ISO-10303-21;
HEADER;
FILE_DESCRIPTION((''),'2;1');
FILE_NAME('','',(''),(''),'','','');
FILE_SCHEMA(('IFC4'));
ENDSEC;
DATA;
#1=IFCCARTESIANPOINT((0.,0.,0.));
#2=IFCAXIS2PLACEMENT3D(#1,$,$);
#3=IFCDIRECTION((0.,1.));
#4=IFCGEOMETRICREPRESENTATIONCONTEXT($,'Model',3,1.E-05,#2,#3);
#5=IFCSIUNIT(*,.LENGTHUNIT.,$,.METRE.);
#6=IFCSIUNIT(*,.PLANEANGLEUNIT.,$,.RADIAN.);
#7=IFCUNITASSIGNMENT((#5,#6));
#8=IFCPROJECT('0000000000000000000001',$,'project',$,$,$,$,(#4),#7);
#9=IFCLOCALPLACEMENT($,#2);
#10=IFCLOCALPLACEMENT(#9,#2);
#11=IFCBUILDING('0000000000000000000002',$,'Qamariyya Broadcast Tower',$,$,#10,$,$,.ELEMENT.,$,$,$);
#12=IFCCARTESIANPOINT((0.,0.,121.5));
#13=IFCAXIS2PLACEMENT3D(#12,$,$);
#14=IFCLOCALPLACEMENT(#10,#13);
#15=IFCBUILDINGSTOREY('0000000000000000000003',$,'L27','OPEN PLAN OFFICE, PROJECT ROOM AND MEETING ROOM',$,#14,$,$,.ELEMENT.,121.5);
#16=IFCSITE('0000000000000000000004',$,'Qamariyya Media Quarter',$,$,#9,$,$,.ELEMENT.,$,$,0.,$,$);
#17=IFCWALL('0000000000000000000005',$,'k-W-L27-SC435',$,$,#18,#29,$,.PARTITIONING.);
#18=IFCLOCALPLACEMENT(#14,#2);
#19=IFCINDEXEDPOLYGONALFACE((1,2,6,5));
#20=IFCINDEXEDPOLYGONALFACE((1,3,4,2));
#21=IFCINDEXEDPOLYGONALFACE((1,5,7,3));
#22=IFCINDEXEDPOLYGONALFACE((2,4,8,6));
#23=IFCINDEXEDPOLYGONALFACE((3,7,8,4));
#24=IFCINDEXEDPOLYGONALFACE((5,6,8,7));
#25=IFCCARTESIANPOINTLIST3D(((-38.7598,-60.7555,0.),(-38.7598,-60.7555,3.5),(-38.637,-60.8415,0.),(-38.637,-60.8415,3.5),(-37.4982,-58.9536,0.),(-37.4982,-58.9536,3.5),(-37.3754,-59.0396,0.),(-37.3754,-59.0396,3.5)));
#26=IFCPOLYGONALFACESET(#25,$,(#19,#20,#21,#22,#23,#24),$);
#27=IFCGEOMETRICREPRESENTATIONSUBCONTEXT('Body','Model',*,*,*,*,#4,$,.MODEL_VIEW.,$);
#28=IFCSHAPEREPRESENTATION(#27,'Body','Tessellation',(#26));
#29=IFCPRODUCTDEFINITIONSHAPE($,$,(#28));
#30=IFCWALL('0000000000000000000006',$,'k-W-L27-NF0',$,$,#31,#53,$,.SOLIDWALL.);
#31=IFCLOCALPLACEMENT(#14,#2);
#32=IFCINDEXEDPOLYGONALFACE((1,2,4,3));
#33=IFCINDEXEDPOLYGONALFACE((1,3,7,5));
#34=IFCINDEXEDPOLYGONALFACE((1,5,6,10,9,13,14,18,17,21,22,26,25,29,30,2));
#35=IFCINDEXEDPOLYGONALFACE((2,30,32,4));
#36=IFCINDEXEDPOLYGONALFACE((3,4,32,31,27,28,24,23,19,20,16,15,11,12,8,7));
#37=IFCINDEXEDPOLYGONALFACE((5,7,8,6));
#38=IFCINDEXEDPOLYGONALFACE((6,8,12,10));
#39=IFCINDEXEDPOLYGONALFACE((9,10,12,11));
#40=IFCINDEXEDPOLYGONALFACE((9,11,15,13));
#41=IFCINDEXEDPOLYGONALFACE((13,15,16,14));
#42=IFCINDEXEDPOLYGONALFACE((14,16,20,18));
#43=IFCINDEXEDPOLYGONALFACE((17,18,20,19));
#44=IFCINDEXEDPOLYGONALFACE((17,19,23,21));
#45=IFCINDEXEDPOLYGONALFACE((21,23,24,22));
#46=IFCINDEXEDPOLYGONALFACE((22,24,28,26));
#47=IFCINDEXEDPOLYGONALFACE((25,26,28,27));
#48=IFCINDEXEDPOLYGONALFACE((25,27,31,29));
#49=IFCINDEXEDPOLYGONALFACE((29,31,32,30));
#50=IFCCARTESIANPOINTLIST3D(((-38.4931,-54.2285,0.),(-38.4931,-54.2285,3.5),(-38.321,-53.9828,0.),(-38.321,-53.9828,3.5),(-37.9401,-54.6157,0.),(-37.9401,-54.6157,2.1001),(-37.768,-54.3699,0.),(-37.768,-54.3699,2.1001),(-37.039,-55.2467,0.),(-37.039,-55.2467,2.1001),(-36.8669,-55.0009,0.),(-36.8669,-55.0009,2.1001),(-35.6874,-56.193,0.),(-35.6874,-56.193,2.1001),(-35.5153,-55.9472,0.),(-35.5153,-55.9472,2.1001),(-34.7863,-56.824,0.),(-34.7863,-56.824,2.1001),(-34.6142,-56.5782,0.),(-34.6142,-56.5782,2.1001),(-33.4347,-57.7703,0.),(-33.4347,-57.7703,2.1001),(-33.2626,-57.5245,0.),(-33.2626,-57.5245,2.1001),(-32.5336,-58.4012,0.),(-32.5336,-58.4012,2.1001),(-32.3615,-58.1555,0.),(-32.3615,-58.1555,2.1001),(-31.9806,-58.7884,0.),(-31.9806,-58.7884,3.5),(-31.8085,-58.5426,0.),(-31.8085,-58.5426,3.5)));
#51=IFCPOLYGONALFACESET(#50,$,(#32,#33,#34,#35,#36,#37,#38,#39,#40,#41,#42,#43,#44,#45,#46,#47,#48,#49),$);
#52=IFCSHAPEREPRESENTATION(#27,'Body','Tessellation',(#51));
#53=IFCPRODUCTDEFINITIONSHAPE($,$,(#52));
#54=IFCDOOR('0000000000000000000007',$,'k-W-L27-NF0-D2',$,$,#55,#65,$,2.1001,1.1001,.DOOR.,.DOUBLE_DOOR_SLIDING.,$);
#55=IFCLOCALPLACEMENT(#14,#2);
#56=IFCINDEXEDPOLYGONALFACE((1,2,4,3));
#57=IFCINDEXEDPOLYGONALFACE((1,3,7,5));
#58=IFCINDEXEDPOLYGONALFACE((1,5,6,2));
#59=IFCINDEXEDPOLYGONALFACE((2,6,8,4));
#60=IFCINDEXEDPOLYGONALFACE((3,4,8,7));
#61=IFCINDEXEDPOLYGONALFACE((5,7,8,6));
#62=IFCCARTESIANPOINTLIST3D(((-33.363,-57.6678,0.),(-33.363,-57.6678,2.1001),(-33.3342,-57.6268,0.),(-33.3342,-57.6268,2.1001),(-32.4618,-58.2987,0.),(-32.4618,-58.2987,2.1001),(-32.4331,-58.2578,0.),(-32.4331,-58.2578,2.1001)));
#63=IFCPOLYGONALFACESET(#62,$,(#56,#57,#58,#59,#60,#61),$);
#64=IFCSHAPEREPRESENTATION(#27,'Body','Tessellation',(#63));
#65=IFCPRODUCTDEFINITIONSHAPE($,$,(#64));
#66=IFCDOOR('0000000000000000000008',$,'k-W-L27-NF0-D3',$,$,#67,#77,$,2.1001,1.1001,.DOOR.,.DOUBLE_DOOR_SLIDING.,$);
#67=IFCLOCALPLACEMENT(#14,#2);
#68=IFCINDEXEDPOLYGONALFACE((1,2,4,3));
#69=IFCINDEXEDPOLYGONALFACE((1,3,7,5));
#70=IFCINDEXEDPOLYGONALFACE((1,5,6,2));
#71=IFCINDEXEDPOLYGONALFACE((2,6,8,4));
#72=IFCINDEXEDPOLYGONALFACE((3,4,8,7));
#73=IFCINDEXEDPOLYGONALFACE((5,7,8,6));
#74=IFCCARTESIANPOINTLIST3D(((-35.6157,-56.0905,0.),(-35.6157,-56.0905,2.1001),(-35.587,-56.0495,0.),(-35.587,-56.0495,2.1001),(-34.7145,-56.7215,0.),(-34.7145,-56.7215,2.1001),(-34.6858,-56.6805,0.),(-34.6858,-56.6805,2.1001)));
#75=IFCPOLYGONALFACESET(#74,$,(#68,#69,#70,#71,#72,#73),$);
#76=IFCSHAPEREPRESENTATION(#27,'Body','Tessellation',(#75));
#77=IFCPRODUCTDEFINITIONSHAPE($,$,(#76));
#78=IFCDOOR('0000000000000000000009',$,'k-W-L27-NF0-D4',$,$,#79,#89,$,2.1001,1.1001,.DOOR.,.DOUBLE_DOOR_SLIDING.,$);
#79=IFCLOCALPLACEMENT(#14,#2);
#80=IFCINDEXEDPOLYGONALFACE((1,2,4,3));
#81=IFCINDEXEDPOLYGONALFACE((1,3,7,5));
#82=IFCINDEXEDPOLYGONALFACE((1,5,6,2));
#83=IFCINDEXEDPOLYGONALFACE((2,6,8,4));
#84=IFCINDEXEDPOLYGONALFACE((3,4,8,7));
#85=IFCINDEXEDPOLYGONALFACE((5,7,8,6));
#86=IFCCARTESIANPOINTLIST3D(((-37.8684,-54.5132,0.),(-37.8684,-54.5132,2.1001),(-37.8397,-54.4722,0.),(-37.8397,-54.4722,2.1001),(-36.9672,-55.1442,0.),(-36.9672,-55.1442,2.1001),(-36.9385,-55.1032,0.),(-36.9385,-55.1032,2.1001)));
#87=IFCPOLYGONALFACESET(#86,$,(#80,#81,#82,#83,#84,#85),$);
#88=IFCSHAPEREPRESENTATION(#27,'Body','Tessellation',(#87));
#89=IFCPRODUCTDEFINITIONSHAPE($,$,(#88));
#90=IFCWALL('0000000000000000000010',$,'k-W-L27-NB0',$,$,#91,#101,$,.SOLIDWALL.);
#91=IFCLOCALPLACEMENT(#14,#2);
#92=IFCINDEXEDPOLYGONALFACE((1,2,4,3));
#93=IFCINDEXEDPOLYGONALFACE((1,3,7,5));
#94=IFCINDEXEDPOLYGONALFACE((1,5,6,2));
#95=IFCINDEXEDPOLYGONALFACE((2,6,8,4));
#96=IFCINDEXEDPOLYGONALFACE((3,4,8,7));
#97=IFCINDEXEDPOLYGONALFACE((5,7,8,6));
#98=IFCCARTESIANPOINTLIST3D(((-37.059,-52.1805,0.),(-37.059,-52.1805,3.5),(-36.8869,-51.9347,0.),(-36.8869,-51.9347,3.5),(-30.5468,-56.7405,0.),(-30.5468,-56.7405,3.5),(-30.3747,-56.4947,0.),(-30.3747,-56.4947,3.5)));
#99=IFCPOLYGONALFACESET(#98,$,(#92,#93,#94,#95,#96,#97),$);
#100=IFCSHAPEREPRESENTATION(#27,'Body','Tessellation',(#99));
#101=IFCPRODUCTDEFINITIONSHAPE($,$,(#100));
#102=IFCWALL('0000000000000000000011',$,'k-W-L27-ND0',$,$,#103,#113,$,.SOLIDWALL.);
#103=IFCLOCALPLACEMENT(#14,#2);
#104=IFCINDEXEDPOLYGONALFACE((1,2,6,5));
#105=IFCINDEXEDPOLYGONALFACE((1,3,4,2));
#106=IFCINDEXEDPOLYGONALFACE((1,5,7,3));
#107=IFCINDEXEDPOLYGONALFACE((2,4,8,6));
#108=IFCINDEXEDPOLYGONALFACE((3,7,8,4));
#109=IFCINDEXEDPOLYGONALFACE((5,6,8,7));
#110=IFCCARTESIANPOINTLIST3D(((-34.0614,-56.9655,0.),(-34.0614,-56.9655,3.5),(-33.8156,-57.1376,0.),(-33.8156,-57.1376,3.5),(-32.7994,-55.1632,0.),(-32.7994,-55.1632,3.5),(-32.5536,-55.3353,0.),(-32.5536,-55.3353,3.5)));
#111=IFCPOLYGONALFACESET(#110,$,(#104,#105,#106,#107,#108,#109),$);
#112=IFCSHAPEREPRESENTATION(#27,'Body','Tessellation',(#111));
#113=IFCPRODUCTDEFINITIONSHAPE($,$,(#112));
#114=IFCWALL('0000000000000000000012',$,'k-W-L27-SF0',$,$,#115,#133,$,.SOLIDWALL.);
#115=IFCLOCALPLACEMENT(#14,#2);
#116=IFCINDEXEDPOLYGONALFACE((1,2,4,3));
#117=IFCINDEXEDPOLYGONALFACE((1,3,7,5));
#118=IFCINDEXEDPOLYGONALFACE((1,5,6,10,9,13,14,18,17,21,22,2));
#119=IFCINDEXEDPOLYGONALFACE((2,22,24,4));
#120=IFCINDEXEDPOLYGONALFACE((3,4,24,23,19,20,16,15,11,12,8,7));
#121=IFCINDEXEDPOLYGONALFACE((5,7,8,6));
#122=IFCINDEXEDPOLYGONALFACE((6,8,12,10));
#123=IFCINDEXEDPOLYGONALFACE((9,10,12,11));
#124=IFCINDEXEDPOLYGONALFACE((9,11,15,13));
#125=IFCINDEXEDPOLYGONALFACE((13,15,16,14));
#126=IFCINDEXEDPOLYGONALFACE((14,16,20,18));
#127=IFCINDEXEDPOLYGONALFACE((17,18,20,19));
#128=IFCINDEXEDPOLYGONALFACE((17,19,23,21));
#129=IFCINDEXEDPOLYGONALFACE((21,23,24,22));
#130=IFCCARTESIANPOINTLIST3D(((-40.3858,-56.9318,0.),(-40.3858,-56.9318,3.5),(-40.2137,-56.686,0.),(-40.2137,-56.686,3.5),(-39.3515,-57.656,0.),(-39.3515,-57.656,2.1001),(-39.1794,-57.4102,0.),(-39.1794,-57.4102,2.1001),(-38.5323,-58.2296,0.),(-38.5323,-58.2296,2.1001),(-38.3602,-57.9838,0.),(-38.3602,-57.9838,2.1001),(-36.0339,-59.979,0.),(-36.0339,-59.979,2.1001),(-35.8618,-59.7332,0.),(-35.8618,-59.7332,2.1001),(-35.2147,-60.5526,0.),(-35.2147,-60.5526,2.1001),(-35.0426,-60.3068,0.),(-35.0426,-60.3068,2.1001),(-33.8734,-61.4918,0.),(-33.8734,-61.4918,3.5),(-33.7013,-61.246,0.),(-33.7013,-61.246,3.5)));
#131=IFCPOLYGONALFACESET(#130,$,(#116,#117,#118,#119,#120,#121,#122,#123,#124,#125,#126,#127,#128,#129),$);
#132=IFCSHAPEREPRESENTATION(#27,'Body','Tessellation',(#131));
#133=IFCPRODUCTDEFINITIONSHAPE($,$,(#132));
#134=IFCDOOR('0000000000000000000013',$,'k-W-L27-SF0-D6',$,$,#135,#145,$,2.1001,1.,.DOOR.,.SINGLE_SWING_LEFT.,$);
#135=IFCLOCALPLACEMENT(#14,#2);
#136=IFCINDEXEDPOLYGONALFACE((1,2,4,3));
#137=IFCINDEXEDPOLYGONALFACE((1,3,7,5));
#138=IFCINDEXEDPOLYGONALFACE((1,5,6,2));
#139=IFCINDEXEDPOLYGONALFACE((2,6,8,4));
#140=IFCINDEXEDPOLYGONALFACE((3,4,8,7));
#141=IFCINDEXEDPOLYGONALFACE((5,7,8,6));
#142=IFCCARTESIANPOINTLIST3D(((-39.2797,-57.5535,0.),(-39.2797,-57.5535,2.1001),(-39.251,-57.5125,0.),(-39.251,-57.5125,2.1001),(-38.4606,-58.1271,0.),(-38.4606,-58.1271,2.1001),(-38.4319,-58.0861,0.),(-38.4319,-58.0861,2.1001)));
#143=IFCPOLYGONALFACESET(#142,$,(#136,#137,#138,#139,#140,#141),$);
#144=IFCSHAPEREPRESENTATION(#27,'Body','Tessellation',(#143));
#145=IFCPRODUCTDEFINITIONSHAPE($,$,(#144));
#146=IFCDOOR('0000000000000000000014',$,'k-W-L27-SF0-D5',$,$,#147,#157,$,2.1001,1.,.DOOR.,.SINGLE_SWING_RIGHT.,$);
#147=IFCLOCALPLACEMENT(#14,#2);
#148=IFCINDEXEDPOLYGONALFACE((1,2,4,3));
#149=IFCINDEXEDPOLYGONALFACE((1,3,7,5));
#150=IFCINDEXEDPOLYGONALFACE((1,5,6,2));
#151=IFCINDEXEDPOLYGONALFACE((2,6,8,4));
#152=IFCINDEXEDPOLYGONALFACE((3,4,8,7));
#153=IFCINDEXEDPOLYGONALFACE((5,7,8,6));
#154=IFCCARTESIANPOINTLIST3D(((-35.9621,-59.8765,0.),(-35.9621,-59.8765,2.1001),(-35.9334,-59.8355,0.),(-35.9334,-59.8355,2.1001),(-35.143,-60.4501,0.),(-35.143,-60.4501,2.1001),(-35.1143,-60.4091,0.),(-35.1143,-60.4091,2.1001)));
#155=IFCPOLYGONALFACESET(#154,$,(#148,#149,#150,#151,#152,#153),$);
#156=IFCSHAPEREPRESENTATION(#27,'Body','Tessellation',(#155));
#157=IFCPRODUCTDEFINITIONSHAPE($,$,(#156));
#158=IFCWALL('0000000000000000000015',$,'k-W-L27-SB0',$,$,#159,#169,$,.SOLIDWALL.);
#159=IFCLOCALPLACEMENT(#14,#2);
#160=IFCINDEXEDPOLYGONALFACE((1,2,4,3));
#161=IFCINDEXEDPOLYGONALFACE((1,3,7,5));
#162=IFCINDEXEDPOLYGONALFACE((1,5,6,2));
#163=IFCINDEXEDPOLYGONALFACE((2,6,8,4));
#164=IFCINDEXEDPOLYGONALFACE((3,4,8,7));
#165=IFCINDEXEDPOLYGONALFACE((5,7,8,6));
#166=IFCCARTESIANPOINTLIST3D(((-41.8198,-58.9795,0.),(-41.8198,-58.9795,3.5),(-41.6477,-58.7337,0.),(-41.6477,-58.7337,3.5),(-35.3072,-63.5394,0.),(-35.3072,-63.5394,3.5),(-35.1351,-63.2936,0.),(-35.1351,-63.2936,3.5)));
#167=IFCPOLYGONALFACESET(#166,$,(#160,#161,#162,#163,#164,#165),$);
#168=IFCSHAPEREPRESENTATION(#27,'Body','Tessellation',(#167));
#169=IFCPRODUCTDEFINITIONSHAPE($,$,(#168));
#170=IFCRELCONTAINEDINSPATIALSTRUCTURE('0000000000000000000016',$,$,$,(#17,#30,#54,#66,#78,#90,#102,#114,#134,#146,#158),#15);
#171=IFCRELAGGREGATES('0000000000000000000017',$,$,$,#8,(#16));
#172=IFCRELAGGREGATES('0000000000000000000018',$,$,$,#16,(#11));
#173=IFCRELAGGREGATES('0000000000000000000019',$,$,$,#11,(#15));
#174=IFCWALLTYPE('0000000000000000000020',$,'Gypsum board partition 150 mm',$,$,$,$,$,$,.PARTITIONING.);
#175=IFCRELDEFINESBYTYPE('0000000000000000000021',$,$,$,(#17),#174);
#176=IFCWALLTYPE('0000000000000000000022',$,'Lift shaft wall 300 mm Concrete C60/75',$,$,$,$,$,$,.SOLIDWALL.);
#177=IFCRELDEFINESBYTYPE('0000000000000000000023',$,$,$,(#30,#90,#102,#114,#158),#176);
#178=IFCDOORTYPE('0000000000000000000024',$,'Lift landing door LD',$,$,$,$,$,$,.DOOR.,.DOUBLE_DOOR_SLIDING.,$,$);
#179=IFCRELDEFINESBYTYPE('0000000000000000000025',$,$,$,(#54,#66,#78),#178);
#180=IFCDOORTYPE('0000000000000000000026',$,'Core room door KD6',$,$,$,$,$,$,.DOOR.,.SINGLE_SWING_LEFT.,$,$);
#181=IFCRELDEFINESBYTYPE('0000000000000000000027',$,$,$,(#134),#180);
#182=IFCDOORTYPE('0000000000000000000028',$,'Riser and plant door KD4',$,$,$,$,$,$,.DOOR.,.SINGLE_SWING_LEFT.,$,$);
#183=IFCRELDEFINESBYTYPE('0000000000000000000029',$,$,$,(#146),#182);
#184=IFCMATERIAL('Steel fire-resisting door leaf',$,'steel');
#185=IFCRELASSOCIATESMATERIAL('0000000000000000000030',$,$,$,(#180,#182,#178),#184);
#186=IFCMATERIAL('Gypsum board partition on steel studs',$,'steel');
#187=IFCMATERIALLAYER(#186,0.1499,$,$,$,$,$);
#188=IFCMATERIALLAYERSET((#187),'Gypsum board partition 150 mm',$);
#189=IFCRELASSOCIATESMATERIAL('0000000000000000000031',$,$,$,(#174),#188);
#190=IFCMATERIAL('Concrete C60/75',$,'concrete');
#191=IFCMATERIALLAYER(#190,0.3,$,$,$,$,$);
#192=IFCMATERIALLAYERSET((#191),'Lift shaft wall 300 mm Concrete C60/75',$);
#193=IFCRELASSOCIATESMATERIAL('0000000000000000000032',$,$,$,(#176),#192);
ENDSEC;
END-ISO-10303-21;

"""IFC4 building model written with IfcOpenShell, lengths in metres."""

from ifc_helpers import new_model, si_unit, direction, frame, frame_2d, origin, place, context, subcontext, project, spatial, rectangle, extrude, material, layer, layer_set, type_object, element, fill, save


model = new_model("IFC4")

# Units and contexts
model_context = context("Model", 3, precision=1e-05, world=origin(), true_north=direction((0.0, 1.0)))
body_context = subcontext(model_context, "Body", "Model", "MODEL_VIEW")
ifc_project = project(units=[si_unit("LENGTHUNIT", "METRE"), si_unit("PLANEANGLEUNIT", "RADIAN")], contexts=[model_context])

# Site, building, storey
site_placement = place(None, origin())
site = spatial("IfcSite", under=ifc_project, at=site_placement, Name="Qamariyya Media Quarter", CompositionType="ELEMENT", RefElevation=0.0)
building_placement = place(site_placement, origin())
building = spatial("IfcBuilding", under=site, at=building_placement, Name="Qamariyya Broadcast Tower", CompositionType="ELEMENT")
storey_placement = place(building_placement, frame((0.0, 0.0, 121.5)))
storey = spatial("IfcBuildingStorey", under=building, at=storey_placement, Name="L27", Description="OPEN PLAN OFFICE, PROJECT ROOM AND MEETING ROOM", CompositionType="ELEMENT", Elevation=121.5)

# Shared definitions
ifc_material_1 = material(Name="Steel fire-resisting door leaf", Category="steel")

# Shared definitions
door_type_1 = type_object("IfcDoorType", Name="Core room door KD6", OperationType="SINGLE_SWING_LEFT", PredefinedType="DOOR", material=ifc_material_1)
door_type_2 = type_object("IfcDoorType", Name="Riser and plant door KD4", OperationType="SINGLE_SWING_LEFT", PredefinedType="DOOR", material=ifc_material_1)

# Wall
ifc_material_2 = material(Name="Gypsum board partition on steel studs", Category="steel")
ifc_layer_1 = layer(ifc_material_2, 0.1499)
ifc_layer_set_1 = layer_set([ifc_layer_1], Name="Gypsum board partition 150 mm")
wall_type_1 = type_object("IfcWallType", Name="Gypsum board partition 150 mm", PredefinedType="PARTITIONING", material=ifc_layer_set_1)
wall_1_placement = place(storey_placement, frame((-37.4368, -58.9966, 0.0), z_axis=(0.0, 0.0, 1.0), x_axis=(-0.573559, -0.819164, 0.0)))
element("IfcWall", 1, at=wall_1_placement, inside=storey, type_object=wall_type_1, Name="k-W-L27-SC435", PredefinedType="PARTITIONING", context=body_context, shape_type="SweptSolid", body=[
    extrude(rectangle(XDim=2.1997, YDim=0.1499, at=frame_2d((1.0999, 0.0))), origin(), (0.0, 0.0, 1.0), 3.5),
])

# Wall, openings, doors
ifc_material_3 = material(Name="Concrete C60/75", Category="concrete")
ifc_layer_2 = layer(ifc_material_3, 0.3)
ifc_layer_set_2 = layer_set([ifc_layer_2], Name="Lift shaft wall 300 mm Concrete C60/75")
wall_type_2 = type_object("IfcWallType", Name="Lift shaft wall 300 mm Concrete C60/75", PredefinedType="SOLIDWALL", material=ifc_layer_set_2)
wall_2_placement = place(storey_placement, frame((-31.8945, -58.6655, 0.0), z_axis=(0.0, 0.0, 1.0), x_axis=(-0.819167, 0.573555, 0.0)))
wall_2 = element("IfcWall", 2, at=wall_2_placement, inside=storey, type_object=wall_type_2, Name="k-W-L27-NF0", PredefinedType="SOLIDWALL", context=body_context, shape_type="SweptSolid", body=[
    extrude(rectangle(XDim=7.9502, YDim=0.3, at=frame_2d((3.9751, 0.0))), origin(), (0.0, 0.0, 1.0), 3.5),
])
opening_1_placement = place(wall_2_placement, frame((0.675, 0.0, 0.0)))
opening_1 = element("IfcOpeningElement", 3, at=opening_1_placement, cuts=wall_2, PredefinedType="OPENING", context=body_context, shape_type="SweptSolid", body=[
    extrude(rectangle(XDim=1.1001, YDim=2.1001, at=frame_2d((0.55, 1.05))), frame((0.0, 0.1599, 0.0), z_axis=(0.0, -1.0, 0.0), x_axis=(1.0, 0.0, 0.0)), (0.0, 0.0, 1.0), 0.3201),
])
opening_2_placement = place(wall_2_placement, frame((3.425, 0.0, 0.0)))
opening_2 = element("IfcOpeningElement", 4, at=opening_2_placement, cuts=wall_2, PredefinedType="OPENING", context=body_context, shape_type="SweptSolid", body=[
    extrude(rectangle(XDim=1.1001, YDim=2.1001, at=frame_2d((0.55, 1.05))), frame((0.0, 0.1599, 0.0), z_axis=(0.0, -1.0, 0.0), x_axis=(1.0, 0.0, 0.0)), (0.0, 0.0, 1.0), 0.3201),
])
opening_3_placement = place(wall_2_placement, frame((6.175, 0.0, 0.0)))
opening_3 = element("IfcOpeningElement", 5, at=opening_3_placement, cuts=wall_2, PredefinedType="OPENING", context=body_context, shape_type="SweptSolid", body=[
    extrude(rectangle(XDim=1.1001, YDim=2.1001, at=frame_2d((0.55, 1.05))), frame((0.0, 0.1599, 0.0), z_axis=(0.0, -1.0, 0.0), x_axis=(1.0, 0.0, 0.0)), (0.0, 0.0, 1.0), 0.3201),
])
door_type_3 = type_object("IfcDoorType", Name="Lift landing door LD", OperationType="DOUBLE_DOOR_SLIDING", PredefinedType="DOOR", material=ifc_material_1)
door_1_placement = place(opening_1_placement, origin())
door_1 = element("IfcDoor", 6, at=door_1_placement, inside=storey, type_object=door_type_3, Name="k-W-L27-NF0-D2", OperationType="DOUBLE_DOOR_SLIDING", OverallHeight=2.1001, OverallWidth=1.1001, PredefinedType="DOOR", context=body_context, shape_type="SweptSolid", body=[
    extrude(rectangle(XDim=1.1001, YDim=2.1001, at=frame_2d((0.55, 1.05))), frame((0.0, 0.0249, 0.0), z_axis=(0.0, -1.0, 0.0), x_axis=(1.0, 0.0, 0.0)), (0.0, 0.0, 1.0), 0.05),
])
fill(opening_1, door_1)
door_2_placement = place(opening_2_placement, origin())
door_2 = element("IfcDoor", 7, at=door_2_placement, inside=storey, type_object=door_type_3, Name="k-W-L27-NF0-D3", OperationType="DOUBLE_DOOR_SLIDING", OverallHeight=2.1001, OverallWidth=1.1001, PredefinedType="DOOR", context=body_context, shape_type="SweptSolid", body=[
    extrude(rectangle(XDim=1.1001, YDim=2.1001, at=frame_2d((0.55, 1.05))), frame((0.0, 0.0249, 0.0), z_axis=(0.0, -1.0, 0.0), x_axis=(1.0, 0.0, 0.0)), (0.0, 0.0, 1.0), 0.05),
])
fill(opening_2, door_2)
door_3_placement = place(opening_3_placement, origin())
door_3 = element("IfcDoor", 8, at=door_3_placement, inside=storey, type_object=door_type_3, Name="k-W-L27-NF0-D4", OperationType="DOUBLE_DOOR_SLIDING", OverallHeight=2.1001, OverallWidth=1.1001, PredefinedType="DOOR", context=body_context, shape_type="SweptSolid", body=[
    extrude(rectangle(XDim=1.1001, YDim=2.1001, at=frame_2d((0.55, 1.05))), frame((0.0, 0.0249, 0.0), z_axis=(0.0, -1.0, 0.0), x_axis=(1.0, 0.0, 0.0)), (0.0, 0.0, 1.0), 0.05),
])
fill(opening_3, door_3)

# Walls
wall_3_placement = place(storey_placement, frame((-30.4607, -56.6177, 0.0), z_axis=(0.0, 0.0, 1.0), x_axis=(-0.819142, 0.57359, 0.0)))
element("IfcWall", 9, at=wall_3_placement, inside=storey, type_object=wall_type_2, Name="k-W-L27-NB0", PredefinedType="SOLIDWALL", context=body_context, shape_type="SweptSolid", body=[
    extrude(rectangle(XDim=7.95, YDim=0.3, at=frame_2d((3.9751, 0.0))), origin(), (0.0, 0.0, 1.0), 3.5),
])
wall_4_placement = place(storey_placement, frame((-33.9385, -57.0515, 0.0), z_axis=(0.0, 0.0, 1.0), x_axis=(0.573581, 0.819149, 0.0)))
element("IfcWall", 10, at=wall_4_placement, inside=storey, type_object=wall_type_2, Name="k-W-L27-ND0", PredefinedType="SOLIDWALL", context=body_context, shape_type="SweptSolid", body=[
    extrude(rectangle(XDim=2.2002, YDim=0.3, at=frame_2d((1.1001, 0.0))), origin(), (0.0, 0.0, 1.0), 3.5),
])

# Wall, openings, doors
wall_5_placement = place(storey_placement, frame((-33.7874, -61.3689, 0.0), z_axis=(0.0, 0.0, 1.0), x_axis=(-0.819153, 0.573576, 0.0)))
wall_5 = element("IfcWall", 11, at=wall_5_placement, inside=storey, type_object=wall_type_2, Name="k-W-L27-SF0", PredefinedType="SOLIDWALL", context=body_context, shape_type="SweptSolid", body=[
    extrude(rectangle(XDim=7.9502, YDim=0.3, at=frame_2d((3.9751, 0.0))), origin(), (0.0, 0.0, 1.0), 3.5),
])
opening_4_placement = place(wall_5_placement, frame((1.6375, 0.0, 0.0)))
opening_4 = element("IfcOpeningElement", 12, at=opening_4_placement, cuts=wall_5, PredefinedType="OPENING", context=body_context, shape_type="SweptSolid", body=[
    extrude(rectangle(XDim=1.0, YDim=2.1001, at=frame_2d((0.5, 1.05))), frame((0.0, 0.1599, 0.0), z_axis=(0.0, -1.0, 0.0), x_axis=(1.0, 0.0, 0.0)), (0.0, 0.0, 1.0), 0.3201),
])
opening_5_placement = place(wall_5_placement, frame((5.6875, 0.0, 0.0)))
opening_5 = element("IfcOpeningElement", 13, at=opening_5_placement, cuts=wall_5, PredefinedType="OPENING", context=body_context, shape_type="SweptSolid", body=[
    extrude(rectangle(XDim=1.0, YDim=2.1001, at=frame_2d((0.5, 1.05))), frame((0.0, 0.1599, 0.0), z_axis=(0.0, -1.0, 0.0), x_axis=(1.0, 0.0, 0.0)), (0.0, 0.0, 1.0), 0.3201),
])
door_4_placement = place(opening_5_placement, origin())
door_4 = element("IfcDoor", 14, at=door_4_placement, inside=storey, type_object=door_type_1, Name="k-W-L27-SF0-D6", OperationType="SINGLE_SWING_LEFT", OverallHeight=2.1001, OverallWidth=1.0, PredefinedType="DOOR", context=body_context, shape_type="SweptSolid", body=[
    extrude(rectangle(XDim=1.0, YDim=2.1001, at=frame_2d((0.5, 1.05))), frame((0.0, 0.0249, 0.0), z_axis=(0.0, -1.0, 0.0), x_axis=(1.0, 0.0, 0.0)), (0.0, 0.0, 1.0), 0.05),
])
fill(opening_5, door_4)
door_5_placement = place(opening_4_placement, origin())
door_5 = element("IfcDoor", 15, at=door_5_placement, inside=storey, type_object=door_type_2, Name="k-W-L27-SF0-D5", OperationType="SINGLE_SWING_RIGHT", OverallHeight=2.1001, OverallWidth=1.0, PredefinedType="DOOR", context=body_context, shape_type="SweptSolid", body=[
    extrude(rectangle(XDim=1.0, YDim=2.1001, at=frame_2d((0.5, 1.05))), frame((0.0, 0.0249, 0.0), z_axis=(0.0, -1.0, 0.0), x_axis=(1.0, 0.0, 0.0)), (0.0, 0.0, 1.0), 0.05),
])
fill(opening_4, door_5)

# Wall
wall_6_placement = place(storey_placement, frame((-35.2212, -63.4165, 0.0), z_axis=(0.0, 0.0, 1.0), x_axis=(-0.819167, 0.573555, 0.0)))
element("IfcWall", 16, at=wall_6_placement, inside=storey, type_object=wall_type_2, Name="k-W-L27-SB0", PredefinedType="SOLIDWALL", context=body_context, shape_type="SweptSolid", body=[
    extrude(rectangle(XDim=7.9502, YDim=0.3, at=frame_2d((3.9751, 0.0))), origin(), (0.0, 0.0, 1.0), 3.5),
])

save(model, "model.ifc")
